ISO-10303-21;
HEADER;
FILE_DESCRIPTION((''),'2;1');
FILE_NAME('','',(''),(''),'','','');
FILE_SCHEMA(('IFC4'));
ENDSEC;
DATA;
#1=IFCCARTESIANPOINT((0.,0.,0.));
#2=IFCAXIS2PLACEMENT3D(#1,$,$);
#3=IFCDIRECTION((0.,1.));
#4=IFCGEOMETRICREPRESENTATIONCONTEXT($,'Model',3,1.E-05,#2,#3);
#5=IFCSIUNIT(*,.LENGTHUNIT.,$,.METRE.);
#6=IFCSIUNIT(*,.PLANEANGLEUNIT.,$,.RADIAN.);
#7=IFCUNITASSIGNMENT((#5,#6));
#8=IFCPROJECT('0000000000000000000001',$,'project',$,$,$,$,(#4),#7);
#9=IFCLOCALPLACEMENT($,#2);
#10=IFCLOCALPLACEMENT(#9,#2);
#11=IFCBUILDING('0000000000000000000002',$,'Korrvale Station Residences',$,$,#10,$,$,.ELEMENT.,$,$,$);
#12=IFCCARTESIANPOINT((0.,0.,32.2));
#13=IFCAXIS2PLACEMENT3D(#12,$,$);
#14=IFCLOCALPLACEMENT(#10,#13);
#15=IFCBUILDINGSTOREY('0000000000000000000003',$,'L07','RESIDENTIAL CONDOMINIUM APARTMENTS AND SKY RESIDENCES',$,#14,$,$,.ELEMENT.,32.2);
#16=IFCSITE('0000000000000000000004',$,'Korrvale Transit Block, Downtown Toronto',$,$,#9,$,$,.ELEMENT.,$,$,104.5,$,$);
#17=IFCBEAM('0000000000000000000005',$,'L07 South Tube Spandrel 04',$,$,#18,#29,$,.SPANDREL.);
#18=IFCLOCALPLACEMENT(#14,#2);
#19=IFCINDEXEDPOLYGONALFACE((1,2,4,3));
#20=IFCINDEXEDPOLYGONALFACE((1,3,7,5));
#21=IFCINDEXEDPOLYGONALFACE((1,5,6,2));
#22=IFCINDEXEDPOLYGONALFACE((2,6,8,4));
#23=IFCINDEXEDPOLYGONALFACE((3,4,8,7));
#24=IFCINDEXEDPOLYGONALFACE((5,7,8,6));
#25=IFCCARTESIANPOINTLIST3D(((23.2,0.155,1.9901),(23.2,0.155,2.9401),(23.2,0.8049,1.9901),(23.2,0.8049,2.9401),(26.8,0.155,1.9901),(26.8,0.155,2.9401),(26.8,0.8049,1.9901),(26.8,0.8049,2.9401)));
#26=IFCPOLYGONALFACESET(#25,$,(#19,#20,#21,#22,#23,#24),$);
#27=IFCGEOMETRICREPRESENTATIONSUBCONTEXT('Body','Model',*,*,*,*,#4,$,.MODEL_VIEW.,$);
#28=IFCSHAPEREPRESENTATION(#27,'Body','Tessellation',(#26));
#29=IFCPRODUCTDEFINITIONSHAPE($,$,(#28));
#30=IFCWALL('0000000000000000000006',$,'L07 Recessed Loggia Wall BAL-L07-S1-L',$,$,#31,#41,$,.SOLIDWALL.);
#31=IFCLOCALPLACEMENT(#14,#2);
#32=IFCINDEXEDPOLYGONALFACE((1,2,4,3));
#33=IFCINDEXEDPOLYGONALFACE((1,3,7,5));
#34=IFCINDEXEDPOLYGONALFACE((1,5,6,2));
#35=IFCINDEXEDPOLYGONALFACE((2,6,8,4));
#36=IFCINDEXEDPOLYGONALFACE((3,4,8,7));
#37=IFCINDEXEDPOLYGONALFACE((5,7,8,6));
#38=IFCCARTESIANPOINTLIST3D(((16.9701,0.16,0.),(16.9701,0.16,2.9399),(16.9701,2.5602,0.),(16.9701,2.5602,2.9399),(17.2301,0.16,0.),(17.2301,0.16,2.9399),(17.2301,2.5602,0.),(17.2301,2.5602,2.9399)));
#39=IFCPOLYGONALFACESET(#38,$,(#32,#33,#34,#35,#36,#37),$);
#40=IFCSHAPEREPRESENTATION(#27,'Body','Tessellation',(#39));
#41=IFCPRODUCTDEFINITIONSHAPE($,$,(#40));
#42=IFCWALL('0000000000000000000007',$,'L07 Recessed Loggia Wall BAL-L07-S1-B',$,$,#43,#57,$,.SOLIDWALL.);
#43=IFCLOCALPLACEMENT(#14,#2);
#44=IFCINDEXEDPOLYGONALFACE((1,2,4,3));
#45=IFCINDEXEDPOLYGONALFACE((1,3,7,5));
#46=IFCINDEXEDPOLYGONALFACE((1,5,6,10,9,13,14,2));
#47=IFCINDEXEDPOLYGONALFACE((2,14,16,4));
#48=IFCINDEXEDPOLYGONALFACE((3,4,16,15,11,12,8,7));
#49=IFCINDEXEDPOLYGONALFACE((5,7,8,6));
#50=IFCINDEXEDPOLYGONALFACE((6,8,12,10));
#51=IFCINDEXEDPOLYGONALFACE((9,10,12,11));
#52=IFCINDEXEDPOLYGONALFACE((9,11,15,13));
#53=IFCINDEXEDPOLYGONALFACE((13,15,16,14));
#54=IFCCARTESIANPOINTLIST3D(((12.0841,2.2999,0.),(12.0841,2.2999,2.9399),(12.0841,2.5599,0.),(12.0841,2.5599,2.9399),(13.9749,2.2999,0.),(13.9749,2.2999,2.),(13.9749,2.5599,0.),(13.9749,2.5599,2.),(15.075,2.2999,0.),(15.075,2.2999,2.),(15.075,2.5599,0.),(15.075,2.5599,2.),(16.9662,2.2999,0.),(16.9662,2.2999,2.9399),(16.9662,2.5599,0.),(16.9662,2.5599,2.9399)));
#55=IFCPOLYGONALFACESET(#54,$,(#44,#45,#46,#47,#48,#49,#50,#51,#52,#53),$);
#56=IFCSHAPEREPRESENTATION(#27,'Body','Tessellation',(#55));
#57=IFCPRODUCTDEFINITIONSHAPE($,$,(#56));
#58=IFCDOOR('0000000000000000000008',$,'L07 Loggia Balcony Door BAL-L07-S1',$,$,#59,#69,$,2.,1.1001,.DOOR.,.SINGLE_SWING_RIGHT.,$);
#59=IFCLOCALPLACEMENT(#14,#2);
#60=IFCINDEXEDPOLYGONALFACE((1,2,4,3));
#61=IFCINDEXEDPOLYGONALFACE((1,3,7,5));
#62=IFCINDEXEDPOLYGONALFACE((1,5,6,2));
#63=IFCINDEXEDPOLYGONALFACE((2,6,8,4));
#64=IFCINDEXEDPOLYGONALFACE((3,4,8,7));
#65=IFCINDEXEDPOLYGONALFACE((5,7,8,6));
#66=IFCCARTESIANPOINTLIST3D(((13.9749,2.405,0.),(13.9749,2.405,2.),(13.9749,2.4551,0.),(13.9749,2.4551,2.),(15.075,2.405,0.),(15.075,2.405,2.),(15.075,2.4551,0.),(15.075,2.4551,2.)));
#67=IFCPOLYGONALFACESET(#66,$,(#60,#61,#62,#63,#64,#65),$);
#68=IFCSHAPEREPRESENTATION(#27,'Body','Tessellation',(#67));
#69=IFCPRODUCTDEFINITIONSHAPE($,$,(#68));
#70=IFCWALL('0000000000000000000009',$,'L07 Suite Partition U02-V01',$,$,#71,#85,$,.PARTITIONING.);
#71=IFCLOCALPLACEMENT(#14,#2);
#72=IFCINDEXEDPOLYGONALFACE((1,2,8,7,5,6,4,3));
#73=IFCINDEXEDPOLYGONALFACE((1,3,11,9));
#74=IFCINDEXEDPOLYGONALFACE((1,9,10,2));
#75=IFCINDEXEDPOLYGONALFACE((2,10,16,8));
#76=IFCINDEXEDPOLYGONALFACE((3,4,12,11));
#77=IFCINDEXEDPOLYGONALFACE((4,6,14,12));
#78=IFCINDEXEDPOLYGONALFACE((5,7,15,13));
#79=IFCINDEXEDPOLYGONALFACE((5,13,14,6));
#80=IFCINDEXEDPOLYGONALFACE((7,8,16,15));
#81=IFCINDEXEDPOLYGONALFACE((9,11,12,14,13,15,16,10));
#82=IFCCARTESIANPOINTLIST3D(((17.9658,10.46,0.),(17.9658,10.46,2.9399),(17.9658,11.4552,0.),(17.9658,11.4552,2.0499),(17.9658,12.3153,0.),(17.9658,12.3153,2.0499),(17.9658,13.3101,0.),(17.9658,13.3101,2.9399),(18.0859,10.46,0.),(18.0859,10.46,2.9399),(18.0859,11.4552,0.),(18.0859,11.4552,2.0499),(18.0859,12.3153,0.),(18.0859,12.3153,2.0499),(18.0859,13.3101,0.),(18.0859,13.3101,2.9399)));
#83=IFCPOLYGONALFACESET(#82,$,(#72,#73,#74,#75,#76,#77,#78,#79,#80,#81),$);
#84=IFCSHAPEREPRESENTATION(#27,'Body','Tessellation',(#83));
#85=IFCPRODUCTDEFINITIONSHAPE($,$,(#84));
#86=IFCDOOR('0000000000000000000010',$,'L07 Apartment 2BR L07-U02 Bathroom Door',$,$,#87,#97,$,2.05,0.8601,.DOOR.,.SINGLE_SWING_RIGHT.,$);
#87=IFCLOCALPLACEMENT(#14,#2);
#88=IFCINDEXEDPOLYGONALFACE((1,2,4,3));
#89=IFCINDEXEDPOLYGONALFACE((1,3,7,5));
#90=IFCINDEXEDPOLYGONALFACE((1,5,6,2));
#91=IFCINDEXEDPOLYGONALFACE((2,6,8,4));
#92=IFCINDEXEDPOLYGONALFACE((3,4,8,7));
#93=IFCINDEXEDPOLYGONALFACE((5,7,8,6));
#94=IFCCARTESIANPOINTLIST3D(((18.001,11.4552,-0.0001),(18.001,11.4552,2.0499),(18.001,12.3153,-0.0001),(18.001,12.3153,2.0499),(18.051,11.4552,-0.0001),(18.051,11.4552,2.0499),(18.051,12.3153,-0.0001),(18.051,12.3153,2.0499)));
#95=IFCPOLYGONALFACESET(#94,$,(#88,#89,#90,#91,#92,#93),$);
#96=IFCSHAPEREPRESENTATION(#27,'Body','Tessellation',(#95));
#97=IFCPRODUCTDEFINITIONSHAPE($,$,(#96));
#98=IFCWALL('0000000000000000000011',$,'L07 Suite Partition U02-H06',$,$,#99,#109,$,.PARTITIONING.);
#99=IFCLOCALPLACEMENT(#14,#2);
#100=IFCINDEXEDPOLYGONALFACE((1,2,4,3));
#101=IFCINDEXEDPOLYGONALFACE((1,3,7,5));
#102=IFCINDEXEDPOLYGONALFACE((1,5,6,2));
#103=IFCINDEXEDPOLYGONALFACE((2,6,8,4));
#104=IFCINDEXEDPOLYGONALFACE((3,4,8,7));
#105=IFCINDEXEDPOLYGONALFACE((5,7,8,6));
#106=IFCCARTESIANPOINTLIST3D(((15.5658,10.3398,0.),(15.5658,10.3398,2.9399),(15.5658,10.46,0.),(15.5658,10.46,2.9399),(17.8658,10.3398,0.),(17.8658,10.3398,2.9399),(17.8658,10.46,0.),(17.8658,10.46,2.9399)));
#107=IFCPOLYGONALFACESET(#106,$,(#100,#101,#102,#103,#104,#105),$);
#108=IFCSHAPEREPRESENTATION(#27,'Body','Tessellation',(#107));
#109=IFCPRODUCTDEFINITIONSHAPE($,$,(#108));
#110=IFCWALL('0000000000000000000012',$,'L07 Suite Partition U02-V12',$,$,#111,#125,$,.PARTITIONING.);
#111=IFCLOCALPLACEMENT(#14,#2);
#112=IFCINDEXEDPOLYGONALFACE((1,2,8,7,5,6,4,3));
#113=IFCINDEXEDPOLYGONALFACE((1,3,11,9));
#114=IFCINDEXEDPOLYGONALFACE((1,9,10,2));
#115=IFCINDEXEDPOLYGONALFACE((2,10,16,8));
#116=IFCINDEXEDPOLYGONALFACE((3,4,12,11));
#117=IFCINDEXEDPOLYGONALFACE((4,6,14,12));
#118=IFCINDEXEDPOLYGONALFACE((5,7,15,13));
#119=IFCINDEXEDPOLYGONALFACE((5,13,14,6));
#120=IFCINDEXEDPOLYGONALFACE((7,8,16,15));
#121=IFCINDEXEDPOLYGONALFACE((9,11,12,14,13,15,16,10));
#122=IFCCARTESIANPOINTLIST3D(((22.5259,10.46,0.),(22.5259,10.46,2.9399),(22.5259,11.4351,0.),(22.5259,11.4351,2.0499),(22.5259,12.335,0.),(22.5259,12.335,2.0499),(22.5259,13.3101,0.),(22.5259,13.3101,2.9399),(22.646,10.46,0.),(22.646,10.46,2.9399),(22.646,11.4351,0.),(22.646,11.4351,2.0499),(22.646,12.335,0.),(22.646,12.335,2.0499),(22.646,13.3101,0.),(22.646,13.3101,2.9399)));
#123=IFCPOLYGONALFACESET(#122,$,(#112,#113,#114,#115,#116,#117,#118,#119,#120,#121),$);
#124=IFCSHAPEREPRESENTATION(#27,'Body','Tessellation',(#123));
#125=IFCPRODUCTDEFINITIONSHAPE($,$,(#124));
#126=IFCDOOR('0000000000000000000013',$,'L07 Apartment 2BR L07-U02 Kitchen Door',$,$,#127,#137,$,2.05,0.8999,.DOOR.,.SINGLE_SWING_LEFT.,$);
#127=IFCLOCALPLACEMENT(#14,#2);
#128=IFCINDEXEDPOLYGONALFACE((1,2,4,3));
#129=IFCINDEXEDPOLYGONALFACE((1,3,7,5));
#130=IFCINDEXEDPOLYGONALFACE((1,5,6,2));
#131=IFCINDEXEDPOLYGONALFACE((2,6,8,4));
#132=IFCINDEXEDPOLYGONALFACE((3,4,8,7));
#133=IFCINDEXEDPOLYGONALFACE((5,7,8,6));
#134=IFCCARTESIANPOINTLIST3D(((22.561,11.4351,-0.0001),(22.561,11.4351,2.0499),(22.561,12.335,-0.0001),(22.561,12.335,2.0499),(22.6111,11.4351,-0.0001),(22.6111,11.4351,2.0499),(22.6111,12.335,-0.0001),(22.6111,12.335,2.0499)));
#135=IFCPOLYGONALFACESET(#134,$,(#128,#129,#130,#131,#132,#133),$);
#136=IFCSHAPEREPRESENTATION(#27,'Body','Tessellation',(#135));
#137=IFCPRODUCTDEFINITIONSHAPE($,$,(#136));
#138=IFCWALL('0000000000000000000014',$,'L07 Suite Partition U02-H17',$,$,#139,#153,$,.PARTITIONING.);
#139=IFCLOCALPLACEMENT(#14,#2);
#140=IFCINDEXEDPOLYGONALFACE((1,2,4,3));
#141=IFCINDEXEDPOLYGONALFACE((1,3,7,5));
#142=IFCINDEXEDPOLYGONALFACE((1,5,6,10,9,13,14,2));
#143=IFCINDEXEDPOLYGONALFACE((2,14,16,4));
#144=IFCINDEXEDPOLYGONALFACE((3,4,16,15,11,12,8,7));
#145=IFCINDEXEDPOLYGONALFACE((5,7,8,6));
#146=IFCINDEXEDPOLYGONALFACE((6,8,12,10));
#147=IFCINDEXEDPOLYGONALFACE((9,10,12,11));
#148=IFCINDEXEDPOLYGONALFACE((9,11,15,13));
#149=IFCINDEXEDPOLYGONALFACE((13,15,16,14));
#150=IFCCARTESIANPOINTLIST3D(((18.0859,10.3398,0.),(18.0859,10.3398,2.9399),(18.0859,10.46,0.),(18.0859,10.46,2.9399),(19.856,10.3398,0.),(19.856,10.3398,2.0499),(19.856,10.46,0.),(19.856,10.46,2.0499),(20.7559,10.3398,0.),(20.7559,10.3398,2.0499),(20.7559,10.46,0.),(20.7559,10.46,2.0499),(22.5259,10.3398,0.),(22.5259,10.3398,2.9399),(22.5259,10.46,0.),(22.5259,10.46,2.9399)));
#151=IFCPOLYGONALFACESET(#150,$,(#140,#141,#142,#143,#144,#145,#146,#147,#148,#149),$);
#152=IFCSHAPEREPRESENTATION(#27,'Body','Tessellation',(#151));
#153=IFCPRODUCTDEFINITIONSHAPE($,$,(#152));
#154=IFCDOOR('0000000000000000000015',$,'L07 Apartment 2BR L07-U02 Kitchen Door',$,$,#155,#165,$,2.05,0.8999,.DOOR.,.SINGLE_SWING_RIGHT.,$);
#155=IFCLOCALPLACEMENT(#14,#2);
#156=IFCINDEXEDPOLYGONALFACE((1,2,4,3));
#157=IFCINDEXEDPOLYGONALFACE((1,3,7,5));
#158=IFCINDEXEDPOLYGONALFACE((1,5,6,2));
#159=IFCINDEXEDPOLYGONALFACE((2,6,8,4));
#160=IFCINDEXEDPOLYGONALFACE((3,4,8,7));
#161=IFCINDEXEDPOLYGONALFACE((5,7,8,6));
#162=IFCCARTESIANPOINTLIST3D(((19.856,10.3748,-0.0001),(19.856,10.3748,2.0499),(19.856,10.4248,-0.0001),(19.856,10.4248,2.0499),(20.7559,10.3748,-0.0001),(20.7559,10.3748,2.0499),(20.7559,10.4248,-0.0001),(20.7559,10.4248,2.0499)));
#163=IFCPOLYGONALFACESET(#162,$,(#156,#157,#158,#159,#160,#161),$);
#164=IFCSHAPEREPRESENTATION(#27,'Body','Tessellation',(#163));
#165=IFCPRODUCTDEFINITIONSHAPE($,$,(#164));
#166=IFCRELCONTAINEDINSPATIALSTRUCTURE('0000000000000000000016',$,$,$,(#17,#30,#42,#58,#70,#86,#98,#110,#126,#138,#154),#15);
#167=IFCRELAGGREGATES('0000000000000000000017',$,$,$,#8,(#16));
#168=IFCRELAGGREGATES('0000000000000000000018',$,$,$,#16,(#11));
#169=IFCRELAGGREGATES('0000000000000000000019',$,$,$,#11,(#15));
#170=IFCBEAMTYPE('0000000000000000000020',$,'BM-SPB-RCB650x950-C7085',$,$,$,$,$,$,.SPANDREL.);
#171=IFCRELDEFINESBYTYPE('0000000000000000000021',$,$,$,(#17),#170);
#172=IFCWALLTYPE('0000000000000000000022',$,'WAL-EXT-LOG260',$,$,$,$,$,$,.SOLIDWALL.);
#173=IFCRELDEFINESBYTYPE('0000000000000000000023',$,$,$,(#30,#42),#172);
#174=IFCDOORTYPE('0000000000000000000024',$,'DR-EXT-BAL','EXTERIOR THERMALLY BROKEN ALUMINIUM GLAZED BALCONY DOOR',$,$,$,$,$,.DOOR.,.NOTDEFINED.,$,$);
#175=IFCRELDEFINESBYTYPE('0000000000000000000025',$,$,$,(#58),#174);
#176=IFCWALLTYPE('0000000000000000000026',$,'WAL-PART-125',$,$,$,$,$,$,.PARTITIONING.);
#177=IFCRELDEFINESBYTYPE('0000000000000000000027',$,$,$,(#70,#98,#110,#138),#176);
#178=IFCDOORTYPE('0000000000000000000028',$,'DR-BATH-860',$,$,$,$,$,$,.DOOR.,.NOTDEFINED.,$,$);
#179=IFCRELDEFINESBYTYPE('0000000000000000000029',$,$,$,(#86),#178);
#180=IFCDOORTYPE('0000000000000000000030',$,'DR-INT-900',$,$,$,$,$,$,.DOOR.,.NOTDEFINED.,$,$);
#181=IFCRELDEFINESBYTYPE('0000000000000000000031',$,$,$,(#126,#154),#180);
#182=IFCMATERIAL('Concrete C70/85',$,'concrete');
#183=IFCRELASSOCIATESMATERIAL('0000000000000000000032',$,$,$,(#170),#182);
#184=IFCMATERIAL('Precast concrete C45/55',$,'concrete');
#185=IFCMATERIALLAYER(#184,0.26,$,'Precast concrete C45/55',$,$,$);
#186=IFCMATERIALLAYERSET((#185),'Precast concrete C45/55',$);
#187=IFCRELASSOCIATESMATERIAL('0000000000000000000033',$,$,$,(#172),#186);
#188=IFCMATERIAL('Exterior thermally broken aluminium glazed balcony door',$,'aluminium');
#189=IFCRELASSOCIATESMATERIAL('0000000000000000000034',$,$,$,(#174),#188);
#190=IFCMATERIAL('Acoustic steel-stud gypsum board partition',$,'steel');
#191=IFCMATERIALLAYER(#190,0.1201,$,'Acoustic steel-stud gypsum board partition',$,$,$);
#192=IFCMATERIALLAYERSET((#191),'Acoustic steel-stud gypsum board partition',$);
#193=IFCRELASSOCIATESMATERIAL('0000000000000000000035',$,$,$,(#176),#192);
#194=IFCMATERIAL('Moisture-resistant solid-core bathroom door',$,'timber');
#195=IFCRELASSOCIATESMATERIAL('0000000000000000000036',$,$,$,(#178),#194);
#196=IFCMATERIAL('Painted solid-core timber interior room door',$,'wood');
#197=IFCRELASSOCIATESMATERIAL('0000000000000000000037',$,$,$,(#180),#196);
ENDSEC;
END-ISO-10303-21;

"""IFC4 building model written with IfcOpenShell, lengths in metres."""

from ifc_helpers import new_model, si_unit, direction, frame, frame_2d, origin, origin_2d, place, context, subcontext, project, spatial, rectangle, extrude, material, layer, layer_set, material_profile, profile_set, type_object, element, fill, save


model = new_model("IFC4")

# Units and contexts
model_context = context("Model", 3, precision=1e-05, world=origin(), true_north=direction((0.0, 1.0)))
body_context = subcontext(model_context, "Body", "Model", "MODEL_VIEW")
ifc_project = project(units=[si_unit("LENGTHUNIT", "METRE"), si_unit("PLANEANGLEUNIT", "RADIAN")], contexts=[model_context])

# Site, building, storey
site_placement = place(None, origin())
site = spatial("IfcSite", under=ifc_project, at=site_placement, Name="Korrvale Transit Block, Downtown Toronto", CompositionType="ELEMENT", RefElevation=104.5)
building_placement = place(site_placement, origin())
building = spatial("IfcBuilding", under=site, at=building_placement, Name="Korrvale Station Residences", CompositionType="ELEMENT")
storey_placement = place(building_placement, frame((0.0, 0.0, 32.2)))
storey = spatial("IfcBuildingStorey", under=building, at=storey_placement, Name="L07", Description="RESIDENTIAL CONDOMINIUM APARTMENTS AND SKY RESIDENCES", CompositionType="ELEMENT", Elevation=32.2)

# Shared definitions
ifc_material_1 = material(Name="Concrete C70/85", Category="concrete")

# Beam
ifc_material_profile_1 = material_profile(ifc_material_1, rectangle(XDim=0.6499, YDim=0.95, at=origin_2d()), Name="RCB650x950")
ifc_profile_set_1 = profile_set([ifc_material_profile_1], Name="Concrete C70/85")
beam_type_1 = type_object("IfcBeamType", Name="BM-SPB-RCB650x950-C7085", PredefinedType="SPANDREL", material=ifc_profile_set_1)
beam_1_placement = place(storey_placement, frame((23.2, 0.48, 2.4651), z_axis=(1.0, 0.0, 0.0), x_axis=(0.0, 1.0, 0.0)))
element("IfcBeam", 1, at=beam_1_placement, inside=storey, type_object=beam_type_1, Name="L07 South Tube Spandrel 04", PredefinedType="SPANDREL", context=body_context, shape_type="SweptSolid", body=[
    extrude(rectangle(XDim=0.6499, YDim=0.95, at=origin_2d()), origin(), (0.0, 0.0, 1.0), 3.6001),
])

# Wall
ifc_material_2 = material(Name="Precast concrete C45/55", Category="concrete")
ifc_layer_1 = layer(ifc_material_2, 0.26, Name="Precast concrete C45/55")
ifc_layer_set_1 = layer_set([ifc_layer_1], Name="Precast concrete C45/55")
wall_type_1 = type_object("IfcWallType", Name="WAL-EXT-LOG260", PredefinedType="SOLIDWALL", material=ifc_layer_set_1)
wall_1_placement = place(storey_placement, frame((17.1001, 0.1599, 0.0), z_axis=(0.0, 0.0, 1.0), x_axis=(0.0, 1.0, 0.0)))
element("IfcWall", 2, at=wall_1_placement, inside=storey, type_object=wall_type_1, Name="L07 Recessed Loggia Wall BAL-L07-S1-L", PredefinedType="SOLIDWALL", context=body_context, shape_type="SweptSolid", body=[
    extrude(rectangle(XDim=2.4001, YDim=0.26, at=frame_2d((1.2002, 0.0))), origin(), (0.0, 0.0, 1.0), 2.9399),
])

# Walls, openings, doors
wall_2_placement = place(storey_placement, frame((16.9661, 2.4299, 0.0), z_axis=(0.0, 0.0, 1.0), x_axis=(-1.0, 0.0, 0.0)))
wall_2 = element("IfcWall", 3, at=wall_2_placement, inside=storey, type_object=wall_type_1, Name="L07 Recessed Loggia Wall BAL-L07-S1-B", PredefinedType="SOLIDWALL", context=body_context, shape_type="SweptSolid", body=[
    extrude(rectangle(XDim=4.8821, YDim=0.26, at=frame_2d((2.4409, 0.0))), origin(), (0.0, 0.0, 1.0), 2.9399),
])
opening_1_placement = place(wall_2_placement, frame((1.8911, 0.0, 0.0)))
opening_1 = element("IfcOpeningElement", 4, at=opening_1_placement, cuts=wall_2, PredefinedType="OPENING", context=body_context, shape_type="SweptSolid", body=[
    extrude(rectangle(XDim=1.1001, YDim=2.0, at=frame_2d((0.55, 1.0))), frame((0.0, 0.1401, 0.0), z_axis=(0.0, -1.0, 0.0), x_axis=(1.0, 0.0, 0.0)), (0.0, 0.0, 1.0), 0.28),
])
ifc_material_3 = material(Name="Exterior thermally broken aluminium glazed balcony door", Category="aluminium")
door_type_1 = type_object("IfcDoorType", Name="DR-EXT-BAL", Description="EXTERIOR THERMALLY BROKEN ALUMINIUM GLAZED BALCONY DOOR", OperationType="NOTDEFINED", PredefinedType="DOOR", material=ifc_material_3)
door_1_placement = place(opening_1_placement, origin())
door_1 = element("IfcDoor", 5, at=door_1_placement, inside=storey, type_object=door_type_1, Name="L07 Loggia Balcony Door BAL-L07-S1", OperationType="SINGLE_SWING_RIGHT", OverallHeight=2.0, OverallWidth=1.1001, PredefinedType="DOOR", context=body_context, shape_type="SweptSolid", body=[
    extrude(rectangle(XDim=1.1001, YDim=2.0, at=frame_2d((0.55, 1.0))), frame((0.0, 0.0249, 0.0), z_axis=(0.0, -1.0, 0.0), x_axis=(1.0, 0.0, 0.0)), (0.0, 0.0, 1.0), 0.05),
])
fill(opening_1, door_1)
ifc_material_4 = material(Name="Acoustic steel-stud gypsum board partition", Category="steel")
ifc_layer_2 = layer(ifc_material_4, 0.1201, Name="Acoustic steel-stud gypsum board partition")
ifc_layer_set_2 = layer_set([ifc_layer_2], Name="Acoustic steel-stud gypsum board partition")
wall_type_2 = type_object("IfcWallType", Name="WAL-PART-125", PredefinedType="PARTITIONING", material=ifc_layer_set_2)
wall_3_placement = place(storey_placement, frame((18.0259, 10.46, 0.0), z_axis=(0.0, 0.0, 1.0), x_axis=(0.0, 1.0, 0.0)))
wall_3 = element("IfcWall", 6, at=wall_3_placement, inside=storey, type_object=wall_type_2, Name="L07 Suite Partition U02-V01", PredefinedType="PARTITIONING", context=body_context, shape_type="SweptSolid", body=[
    extrude(rectangle(XDim=2.8501, YDim=0.1201, at=frame_2d((1.425, 0.0))), origin(), (0.0, 0.0, 1.0), 2.9399),
])
opening_2_placement = place(wall_3_placement, frame((0.9951, 0.0, 0.0)))
opening_2 = element("IfcOpeningElement", 7, at=opening_2_placement, cuts=wall_3, PredefinedType="OPENING", context=body_context, shape_type="SweptSolid", body=[
    extrude(rectangle(XDim=0.8601, YDim=2.05, at=frame_2d((0.4302, 1.0249))), frame((0.0, 0.0701, 0.0), z_axis=(0.0, -1.0, 0.0), x_axis=(1.0, 0.0, 0.0)), (0.0, 0.0, 1.0), 0.1401),
])
ifc_material_5 = material(Name="Moisture-resistant solid-core bathroom door", Category="timber")
door_type_2 = type_object("IfcDoorType", Name="DR-BATH-860", OperationType="NOTDEFINED", PredefinedType="DOOR", material=ifc_material_5)
door_2_placement = place(opening_2_placement, origin())
door_2 = element("IfcDoor", 8, at=door_2_placement, inside=storey, type_object=door_type_2, Name="L07 Apartment 2BR L07-U02 Bathroom Door", OperationType="SINGLE_SWING_RIGHT", OverallHeight=2.05, OverallWidth=0.8601, PredefinedType="DOOR", context=body_context, shape_type="SweptSolid", body=[
    extrude(rectangle(XDim=0.8601, YDim=2.05, at=frame_2d((0.4302, 1.0249))), frame((0.0, 0.0249, 0.0), z_axis=(0.0, -1.0, 0.0), x_axis=(1.0, 0.0, 0.0)), (0.0, 0.0, 1.0), 0.05),
])
fill(opening_2, door_2)

# Wall
wall_4_placement = place(storey_placement, frame((15.5659, 10.3999, 0.0), z_axis=(0.0, 0.0, 1.0), x_axis=(1.0, 0.0, 0.0)))
element("IfcWall", 9, at=wall_4_placement, inside=storey, type_object=wall_type_2, Name="L07 Suite Partition U02-H06", PredefinedType="PARTITIONING", context=body_context, shape_type="SweptSolid", body=[
    extrude(rectangle(XDim=2.3, YDim=0.1201, at=frame_2d((1.1499, 0.0))), origin(), (0.0, 0.0, 1.0), 2.9399),
])

# Walls, openings, doors
wall_5_placement = place(storey_placement, frame((22.5859, 10.46, 0.0), z_axis=(0.0, 0.0, 1.0), x_axis=(0.0, 1.0, 0.0)))
wall_5 = element("IfcWall", 10, at=wall_5_placement, inside=storey, type_object=wall_type_2, Name="L07 Suite Partition U02-V12", PredefinedType="PARTITIONING", context=body_context, shape_type="SweptSolid", body=[
    extrude(rectangle(XDim=2.8501, YDim=0.1201, at=frame_2d((1.425, 0.0))), origin(), (0.0, 0.0, 1.0), 2.9399),
])
opening_3_placement = place(wall_5_placement, frame((0.9751, 0.0, 0.0)))
opening_3 = element("IfcOpeningElement", 11, at=opening_3_placement, cuts=wall_5, PredefinedType="OPENING", context=body_context, shape_type="SweptSolid", body=[
    extrude(rectangle(XDim=0.8999, YDim=2.05, at=frame_2d((0.45, 1.0249))), frame((0.0, 0.0701, 0.0), z_axis=(0.0, -1.0, 0.0), x_axis=(1.0, 0.0, 0.0)), (0.0, 0.0, 1.0), 0.1401),
])
ifc_material_6 = material(Name="Painted solid-core timber interior room door", Category="wood")
door_type_3 = type_object("IfcDoorType", Name="DR-INT-900", OperationType="NOTDEFINED", PredefinedType="DOOR", material=ifc_material_6)
door_3_placement = place(opening_3_placement, origin())
door_3 = element("IfcDoor", 12, at=door_3_placement, inside=storey, type_object=door_type_3, Name="L07 Apartment 2BR L07-U02 Kitchen Door", OperationType="SINGLE_SWING_LEFT", OverallHeight=2.05, OverallWidth=0.8999, PredefinedType="DOOR", context=body_context, shape_type="SweptSolid", body=[
    extrude(rectangle(XDim=0.8999, YDim=2.05, at=frame_2d((0.45, 1.0249))), frame((0.0, 0.0249, 0.0), z_axis=(0.0, -1.0, 0.0), x_axis=(1.0, 0.0, 0.0)), (0.0, 0.0, 1.0), 0.05),
])
fill(opening_3, door_3)
wall_6_placement = place(storey_placement, frame((18.0859, 10.3999, 0.0), z_axis=(0.0, 0.0, 1.0), x_axis=(1.0, 0.0, 0.0)))
wall_6 = element("IfcWall", 13, at=wall_6_placement, inside=storey, type_object=wall_type_2, Name="L07 Suite Partition U02-H17", PredefinedType="PARTITIONING", context=body_context, shape_type="SweptSolid", body=[
    extrude(rectangle(XDim=4.4399, YDim=0.1201, at=frame_2d((2.22, 0.0))), origin(), (0.0, 0.0, 1.0), 2.9399),
])
opening_4_placement = place(wall_6_placement, frame((1.77, 0.0, 0.0)))
opening_4 = element("IfcOpeningElement", 14, at=opening_4_placement, cuts=wall_6, PredefinedType="OPENING", context=body_context, shape_type="SweptSolid", body=[
    extrude(rectangle(XDim=0.8999, YDim=2.05, at=frame_2d((0.45, 1.0249))), frame((0.0, 0.0701, 0.0), z_axis=(0.0, -1.0, 0.0), x_axis=(1.0, 0.0, 0.0)), (0.0, 0.0, 1.0), 0.1401),
])
door_4_placement = place(opening_4_placement, origin())
door_4 = element("IfcDoor", 15, at=door_4_placement, inside=storey, type_object=door_type_3, Name="L07 Apartment 2BR L07-U02 Kitchen Door", OperationType="SINGLE_SWING_RIGHT", OverallHeight=2.05, OverallWidth=0.8999, PredefinedType="DOOR", context=body_context, shape_type="SweptSolid", body=[
    extrude(rectangle(XDim=0.8999, YDim=2.05, at=frame_2d((0.45, 1.0249))), frame((0.0, 0.0249, 0.0), z_axis=(0.0, -1.0, 0.0), x_axis=(1.0, 0.0, 0.0)), (0.0, 0.0, 1.0), 0.05),
])
fill(opening_4, door_4)

save(model, "model.ifc")
